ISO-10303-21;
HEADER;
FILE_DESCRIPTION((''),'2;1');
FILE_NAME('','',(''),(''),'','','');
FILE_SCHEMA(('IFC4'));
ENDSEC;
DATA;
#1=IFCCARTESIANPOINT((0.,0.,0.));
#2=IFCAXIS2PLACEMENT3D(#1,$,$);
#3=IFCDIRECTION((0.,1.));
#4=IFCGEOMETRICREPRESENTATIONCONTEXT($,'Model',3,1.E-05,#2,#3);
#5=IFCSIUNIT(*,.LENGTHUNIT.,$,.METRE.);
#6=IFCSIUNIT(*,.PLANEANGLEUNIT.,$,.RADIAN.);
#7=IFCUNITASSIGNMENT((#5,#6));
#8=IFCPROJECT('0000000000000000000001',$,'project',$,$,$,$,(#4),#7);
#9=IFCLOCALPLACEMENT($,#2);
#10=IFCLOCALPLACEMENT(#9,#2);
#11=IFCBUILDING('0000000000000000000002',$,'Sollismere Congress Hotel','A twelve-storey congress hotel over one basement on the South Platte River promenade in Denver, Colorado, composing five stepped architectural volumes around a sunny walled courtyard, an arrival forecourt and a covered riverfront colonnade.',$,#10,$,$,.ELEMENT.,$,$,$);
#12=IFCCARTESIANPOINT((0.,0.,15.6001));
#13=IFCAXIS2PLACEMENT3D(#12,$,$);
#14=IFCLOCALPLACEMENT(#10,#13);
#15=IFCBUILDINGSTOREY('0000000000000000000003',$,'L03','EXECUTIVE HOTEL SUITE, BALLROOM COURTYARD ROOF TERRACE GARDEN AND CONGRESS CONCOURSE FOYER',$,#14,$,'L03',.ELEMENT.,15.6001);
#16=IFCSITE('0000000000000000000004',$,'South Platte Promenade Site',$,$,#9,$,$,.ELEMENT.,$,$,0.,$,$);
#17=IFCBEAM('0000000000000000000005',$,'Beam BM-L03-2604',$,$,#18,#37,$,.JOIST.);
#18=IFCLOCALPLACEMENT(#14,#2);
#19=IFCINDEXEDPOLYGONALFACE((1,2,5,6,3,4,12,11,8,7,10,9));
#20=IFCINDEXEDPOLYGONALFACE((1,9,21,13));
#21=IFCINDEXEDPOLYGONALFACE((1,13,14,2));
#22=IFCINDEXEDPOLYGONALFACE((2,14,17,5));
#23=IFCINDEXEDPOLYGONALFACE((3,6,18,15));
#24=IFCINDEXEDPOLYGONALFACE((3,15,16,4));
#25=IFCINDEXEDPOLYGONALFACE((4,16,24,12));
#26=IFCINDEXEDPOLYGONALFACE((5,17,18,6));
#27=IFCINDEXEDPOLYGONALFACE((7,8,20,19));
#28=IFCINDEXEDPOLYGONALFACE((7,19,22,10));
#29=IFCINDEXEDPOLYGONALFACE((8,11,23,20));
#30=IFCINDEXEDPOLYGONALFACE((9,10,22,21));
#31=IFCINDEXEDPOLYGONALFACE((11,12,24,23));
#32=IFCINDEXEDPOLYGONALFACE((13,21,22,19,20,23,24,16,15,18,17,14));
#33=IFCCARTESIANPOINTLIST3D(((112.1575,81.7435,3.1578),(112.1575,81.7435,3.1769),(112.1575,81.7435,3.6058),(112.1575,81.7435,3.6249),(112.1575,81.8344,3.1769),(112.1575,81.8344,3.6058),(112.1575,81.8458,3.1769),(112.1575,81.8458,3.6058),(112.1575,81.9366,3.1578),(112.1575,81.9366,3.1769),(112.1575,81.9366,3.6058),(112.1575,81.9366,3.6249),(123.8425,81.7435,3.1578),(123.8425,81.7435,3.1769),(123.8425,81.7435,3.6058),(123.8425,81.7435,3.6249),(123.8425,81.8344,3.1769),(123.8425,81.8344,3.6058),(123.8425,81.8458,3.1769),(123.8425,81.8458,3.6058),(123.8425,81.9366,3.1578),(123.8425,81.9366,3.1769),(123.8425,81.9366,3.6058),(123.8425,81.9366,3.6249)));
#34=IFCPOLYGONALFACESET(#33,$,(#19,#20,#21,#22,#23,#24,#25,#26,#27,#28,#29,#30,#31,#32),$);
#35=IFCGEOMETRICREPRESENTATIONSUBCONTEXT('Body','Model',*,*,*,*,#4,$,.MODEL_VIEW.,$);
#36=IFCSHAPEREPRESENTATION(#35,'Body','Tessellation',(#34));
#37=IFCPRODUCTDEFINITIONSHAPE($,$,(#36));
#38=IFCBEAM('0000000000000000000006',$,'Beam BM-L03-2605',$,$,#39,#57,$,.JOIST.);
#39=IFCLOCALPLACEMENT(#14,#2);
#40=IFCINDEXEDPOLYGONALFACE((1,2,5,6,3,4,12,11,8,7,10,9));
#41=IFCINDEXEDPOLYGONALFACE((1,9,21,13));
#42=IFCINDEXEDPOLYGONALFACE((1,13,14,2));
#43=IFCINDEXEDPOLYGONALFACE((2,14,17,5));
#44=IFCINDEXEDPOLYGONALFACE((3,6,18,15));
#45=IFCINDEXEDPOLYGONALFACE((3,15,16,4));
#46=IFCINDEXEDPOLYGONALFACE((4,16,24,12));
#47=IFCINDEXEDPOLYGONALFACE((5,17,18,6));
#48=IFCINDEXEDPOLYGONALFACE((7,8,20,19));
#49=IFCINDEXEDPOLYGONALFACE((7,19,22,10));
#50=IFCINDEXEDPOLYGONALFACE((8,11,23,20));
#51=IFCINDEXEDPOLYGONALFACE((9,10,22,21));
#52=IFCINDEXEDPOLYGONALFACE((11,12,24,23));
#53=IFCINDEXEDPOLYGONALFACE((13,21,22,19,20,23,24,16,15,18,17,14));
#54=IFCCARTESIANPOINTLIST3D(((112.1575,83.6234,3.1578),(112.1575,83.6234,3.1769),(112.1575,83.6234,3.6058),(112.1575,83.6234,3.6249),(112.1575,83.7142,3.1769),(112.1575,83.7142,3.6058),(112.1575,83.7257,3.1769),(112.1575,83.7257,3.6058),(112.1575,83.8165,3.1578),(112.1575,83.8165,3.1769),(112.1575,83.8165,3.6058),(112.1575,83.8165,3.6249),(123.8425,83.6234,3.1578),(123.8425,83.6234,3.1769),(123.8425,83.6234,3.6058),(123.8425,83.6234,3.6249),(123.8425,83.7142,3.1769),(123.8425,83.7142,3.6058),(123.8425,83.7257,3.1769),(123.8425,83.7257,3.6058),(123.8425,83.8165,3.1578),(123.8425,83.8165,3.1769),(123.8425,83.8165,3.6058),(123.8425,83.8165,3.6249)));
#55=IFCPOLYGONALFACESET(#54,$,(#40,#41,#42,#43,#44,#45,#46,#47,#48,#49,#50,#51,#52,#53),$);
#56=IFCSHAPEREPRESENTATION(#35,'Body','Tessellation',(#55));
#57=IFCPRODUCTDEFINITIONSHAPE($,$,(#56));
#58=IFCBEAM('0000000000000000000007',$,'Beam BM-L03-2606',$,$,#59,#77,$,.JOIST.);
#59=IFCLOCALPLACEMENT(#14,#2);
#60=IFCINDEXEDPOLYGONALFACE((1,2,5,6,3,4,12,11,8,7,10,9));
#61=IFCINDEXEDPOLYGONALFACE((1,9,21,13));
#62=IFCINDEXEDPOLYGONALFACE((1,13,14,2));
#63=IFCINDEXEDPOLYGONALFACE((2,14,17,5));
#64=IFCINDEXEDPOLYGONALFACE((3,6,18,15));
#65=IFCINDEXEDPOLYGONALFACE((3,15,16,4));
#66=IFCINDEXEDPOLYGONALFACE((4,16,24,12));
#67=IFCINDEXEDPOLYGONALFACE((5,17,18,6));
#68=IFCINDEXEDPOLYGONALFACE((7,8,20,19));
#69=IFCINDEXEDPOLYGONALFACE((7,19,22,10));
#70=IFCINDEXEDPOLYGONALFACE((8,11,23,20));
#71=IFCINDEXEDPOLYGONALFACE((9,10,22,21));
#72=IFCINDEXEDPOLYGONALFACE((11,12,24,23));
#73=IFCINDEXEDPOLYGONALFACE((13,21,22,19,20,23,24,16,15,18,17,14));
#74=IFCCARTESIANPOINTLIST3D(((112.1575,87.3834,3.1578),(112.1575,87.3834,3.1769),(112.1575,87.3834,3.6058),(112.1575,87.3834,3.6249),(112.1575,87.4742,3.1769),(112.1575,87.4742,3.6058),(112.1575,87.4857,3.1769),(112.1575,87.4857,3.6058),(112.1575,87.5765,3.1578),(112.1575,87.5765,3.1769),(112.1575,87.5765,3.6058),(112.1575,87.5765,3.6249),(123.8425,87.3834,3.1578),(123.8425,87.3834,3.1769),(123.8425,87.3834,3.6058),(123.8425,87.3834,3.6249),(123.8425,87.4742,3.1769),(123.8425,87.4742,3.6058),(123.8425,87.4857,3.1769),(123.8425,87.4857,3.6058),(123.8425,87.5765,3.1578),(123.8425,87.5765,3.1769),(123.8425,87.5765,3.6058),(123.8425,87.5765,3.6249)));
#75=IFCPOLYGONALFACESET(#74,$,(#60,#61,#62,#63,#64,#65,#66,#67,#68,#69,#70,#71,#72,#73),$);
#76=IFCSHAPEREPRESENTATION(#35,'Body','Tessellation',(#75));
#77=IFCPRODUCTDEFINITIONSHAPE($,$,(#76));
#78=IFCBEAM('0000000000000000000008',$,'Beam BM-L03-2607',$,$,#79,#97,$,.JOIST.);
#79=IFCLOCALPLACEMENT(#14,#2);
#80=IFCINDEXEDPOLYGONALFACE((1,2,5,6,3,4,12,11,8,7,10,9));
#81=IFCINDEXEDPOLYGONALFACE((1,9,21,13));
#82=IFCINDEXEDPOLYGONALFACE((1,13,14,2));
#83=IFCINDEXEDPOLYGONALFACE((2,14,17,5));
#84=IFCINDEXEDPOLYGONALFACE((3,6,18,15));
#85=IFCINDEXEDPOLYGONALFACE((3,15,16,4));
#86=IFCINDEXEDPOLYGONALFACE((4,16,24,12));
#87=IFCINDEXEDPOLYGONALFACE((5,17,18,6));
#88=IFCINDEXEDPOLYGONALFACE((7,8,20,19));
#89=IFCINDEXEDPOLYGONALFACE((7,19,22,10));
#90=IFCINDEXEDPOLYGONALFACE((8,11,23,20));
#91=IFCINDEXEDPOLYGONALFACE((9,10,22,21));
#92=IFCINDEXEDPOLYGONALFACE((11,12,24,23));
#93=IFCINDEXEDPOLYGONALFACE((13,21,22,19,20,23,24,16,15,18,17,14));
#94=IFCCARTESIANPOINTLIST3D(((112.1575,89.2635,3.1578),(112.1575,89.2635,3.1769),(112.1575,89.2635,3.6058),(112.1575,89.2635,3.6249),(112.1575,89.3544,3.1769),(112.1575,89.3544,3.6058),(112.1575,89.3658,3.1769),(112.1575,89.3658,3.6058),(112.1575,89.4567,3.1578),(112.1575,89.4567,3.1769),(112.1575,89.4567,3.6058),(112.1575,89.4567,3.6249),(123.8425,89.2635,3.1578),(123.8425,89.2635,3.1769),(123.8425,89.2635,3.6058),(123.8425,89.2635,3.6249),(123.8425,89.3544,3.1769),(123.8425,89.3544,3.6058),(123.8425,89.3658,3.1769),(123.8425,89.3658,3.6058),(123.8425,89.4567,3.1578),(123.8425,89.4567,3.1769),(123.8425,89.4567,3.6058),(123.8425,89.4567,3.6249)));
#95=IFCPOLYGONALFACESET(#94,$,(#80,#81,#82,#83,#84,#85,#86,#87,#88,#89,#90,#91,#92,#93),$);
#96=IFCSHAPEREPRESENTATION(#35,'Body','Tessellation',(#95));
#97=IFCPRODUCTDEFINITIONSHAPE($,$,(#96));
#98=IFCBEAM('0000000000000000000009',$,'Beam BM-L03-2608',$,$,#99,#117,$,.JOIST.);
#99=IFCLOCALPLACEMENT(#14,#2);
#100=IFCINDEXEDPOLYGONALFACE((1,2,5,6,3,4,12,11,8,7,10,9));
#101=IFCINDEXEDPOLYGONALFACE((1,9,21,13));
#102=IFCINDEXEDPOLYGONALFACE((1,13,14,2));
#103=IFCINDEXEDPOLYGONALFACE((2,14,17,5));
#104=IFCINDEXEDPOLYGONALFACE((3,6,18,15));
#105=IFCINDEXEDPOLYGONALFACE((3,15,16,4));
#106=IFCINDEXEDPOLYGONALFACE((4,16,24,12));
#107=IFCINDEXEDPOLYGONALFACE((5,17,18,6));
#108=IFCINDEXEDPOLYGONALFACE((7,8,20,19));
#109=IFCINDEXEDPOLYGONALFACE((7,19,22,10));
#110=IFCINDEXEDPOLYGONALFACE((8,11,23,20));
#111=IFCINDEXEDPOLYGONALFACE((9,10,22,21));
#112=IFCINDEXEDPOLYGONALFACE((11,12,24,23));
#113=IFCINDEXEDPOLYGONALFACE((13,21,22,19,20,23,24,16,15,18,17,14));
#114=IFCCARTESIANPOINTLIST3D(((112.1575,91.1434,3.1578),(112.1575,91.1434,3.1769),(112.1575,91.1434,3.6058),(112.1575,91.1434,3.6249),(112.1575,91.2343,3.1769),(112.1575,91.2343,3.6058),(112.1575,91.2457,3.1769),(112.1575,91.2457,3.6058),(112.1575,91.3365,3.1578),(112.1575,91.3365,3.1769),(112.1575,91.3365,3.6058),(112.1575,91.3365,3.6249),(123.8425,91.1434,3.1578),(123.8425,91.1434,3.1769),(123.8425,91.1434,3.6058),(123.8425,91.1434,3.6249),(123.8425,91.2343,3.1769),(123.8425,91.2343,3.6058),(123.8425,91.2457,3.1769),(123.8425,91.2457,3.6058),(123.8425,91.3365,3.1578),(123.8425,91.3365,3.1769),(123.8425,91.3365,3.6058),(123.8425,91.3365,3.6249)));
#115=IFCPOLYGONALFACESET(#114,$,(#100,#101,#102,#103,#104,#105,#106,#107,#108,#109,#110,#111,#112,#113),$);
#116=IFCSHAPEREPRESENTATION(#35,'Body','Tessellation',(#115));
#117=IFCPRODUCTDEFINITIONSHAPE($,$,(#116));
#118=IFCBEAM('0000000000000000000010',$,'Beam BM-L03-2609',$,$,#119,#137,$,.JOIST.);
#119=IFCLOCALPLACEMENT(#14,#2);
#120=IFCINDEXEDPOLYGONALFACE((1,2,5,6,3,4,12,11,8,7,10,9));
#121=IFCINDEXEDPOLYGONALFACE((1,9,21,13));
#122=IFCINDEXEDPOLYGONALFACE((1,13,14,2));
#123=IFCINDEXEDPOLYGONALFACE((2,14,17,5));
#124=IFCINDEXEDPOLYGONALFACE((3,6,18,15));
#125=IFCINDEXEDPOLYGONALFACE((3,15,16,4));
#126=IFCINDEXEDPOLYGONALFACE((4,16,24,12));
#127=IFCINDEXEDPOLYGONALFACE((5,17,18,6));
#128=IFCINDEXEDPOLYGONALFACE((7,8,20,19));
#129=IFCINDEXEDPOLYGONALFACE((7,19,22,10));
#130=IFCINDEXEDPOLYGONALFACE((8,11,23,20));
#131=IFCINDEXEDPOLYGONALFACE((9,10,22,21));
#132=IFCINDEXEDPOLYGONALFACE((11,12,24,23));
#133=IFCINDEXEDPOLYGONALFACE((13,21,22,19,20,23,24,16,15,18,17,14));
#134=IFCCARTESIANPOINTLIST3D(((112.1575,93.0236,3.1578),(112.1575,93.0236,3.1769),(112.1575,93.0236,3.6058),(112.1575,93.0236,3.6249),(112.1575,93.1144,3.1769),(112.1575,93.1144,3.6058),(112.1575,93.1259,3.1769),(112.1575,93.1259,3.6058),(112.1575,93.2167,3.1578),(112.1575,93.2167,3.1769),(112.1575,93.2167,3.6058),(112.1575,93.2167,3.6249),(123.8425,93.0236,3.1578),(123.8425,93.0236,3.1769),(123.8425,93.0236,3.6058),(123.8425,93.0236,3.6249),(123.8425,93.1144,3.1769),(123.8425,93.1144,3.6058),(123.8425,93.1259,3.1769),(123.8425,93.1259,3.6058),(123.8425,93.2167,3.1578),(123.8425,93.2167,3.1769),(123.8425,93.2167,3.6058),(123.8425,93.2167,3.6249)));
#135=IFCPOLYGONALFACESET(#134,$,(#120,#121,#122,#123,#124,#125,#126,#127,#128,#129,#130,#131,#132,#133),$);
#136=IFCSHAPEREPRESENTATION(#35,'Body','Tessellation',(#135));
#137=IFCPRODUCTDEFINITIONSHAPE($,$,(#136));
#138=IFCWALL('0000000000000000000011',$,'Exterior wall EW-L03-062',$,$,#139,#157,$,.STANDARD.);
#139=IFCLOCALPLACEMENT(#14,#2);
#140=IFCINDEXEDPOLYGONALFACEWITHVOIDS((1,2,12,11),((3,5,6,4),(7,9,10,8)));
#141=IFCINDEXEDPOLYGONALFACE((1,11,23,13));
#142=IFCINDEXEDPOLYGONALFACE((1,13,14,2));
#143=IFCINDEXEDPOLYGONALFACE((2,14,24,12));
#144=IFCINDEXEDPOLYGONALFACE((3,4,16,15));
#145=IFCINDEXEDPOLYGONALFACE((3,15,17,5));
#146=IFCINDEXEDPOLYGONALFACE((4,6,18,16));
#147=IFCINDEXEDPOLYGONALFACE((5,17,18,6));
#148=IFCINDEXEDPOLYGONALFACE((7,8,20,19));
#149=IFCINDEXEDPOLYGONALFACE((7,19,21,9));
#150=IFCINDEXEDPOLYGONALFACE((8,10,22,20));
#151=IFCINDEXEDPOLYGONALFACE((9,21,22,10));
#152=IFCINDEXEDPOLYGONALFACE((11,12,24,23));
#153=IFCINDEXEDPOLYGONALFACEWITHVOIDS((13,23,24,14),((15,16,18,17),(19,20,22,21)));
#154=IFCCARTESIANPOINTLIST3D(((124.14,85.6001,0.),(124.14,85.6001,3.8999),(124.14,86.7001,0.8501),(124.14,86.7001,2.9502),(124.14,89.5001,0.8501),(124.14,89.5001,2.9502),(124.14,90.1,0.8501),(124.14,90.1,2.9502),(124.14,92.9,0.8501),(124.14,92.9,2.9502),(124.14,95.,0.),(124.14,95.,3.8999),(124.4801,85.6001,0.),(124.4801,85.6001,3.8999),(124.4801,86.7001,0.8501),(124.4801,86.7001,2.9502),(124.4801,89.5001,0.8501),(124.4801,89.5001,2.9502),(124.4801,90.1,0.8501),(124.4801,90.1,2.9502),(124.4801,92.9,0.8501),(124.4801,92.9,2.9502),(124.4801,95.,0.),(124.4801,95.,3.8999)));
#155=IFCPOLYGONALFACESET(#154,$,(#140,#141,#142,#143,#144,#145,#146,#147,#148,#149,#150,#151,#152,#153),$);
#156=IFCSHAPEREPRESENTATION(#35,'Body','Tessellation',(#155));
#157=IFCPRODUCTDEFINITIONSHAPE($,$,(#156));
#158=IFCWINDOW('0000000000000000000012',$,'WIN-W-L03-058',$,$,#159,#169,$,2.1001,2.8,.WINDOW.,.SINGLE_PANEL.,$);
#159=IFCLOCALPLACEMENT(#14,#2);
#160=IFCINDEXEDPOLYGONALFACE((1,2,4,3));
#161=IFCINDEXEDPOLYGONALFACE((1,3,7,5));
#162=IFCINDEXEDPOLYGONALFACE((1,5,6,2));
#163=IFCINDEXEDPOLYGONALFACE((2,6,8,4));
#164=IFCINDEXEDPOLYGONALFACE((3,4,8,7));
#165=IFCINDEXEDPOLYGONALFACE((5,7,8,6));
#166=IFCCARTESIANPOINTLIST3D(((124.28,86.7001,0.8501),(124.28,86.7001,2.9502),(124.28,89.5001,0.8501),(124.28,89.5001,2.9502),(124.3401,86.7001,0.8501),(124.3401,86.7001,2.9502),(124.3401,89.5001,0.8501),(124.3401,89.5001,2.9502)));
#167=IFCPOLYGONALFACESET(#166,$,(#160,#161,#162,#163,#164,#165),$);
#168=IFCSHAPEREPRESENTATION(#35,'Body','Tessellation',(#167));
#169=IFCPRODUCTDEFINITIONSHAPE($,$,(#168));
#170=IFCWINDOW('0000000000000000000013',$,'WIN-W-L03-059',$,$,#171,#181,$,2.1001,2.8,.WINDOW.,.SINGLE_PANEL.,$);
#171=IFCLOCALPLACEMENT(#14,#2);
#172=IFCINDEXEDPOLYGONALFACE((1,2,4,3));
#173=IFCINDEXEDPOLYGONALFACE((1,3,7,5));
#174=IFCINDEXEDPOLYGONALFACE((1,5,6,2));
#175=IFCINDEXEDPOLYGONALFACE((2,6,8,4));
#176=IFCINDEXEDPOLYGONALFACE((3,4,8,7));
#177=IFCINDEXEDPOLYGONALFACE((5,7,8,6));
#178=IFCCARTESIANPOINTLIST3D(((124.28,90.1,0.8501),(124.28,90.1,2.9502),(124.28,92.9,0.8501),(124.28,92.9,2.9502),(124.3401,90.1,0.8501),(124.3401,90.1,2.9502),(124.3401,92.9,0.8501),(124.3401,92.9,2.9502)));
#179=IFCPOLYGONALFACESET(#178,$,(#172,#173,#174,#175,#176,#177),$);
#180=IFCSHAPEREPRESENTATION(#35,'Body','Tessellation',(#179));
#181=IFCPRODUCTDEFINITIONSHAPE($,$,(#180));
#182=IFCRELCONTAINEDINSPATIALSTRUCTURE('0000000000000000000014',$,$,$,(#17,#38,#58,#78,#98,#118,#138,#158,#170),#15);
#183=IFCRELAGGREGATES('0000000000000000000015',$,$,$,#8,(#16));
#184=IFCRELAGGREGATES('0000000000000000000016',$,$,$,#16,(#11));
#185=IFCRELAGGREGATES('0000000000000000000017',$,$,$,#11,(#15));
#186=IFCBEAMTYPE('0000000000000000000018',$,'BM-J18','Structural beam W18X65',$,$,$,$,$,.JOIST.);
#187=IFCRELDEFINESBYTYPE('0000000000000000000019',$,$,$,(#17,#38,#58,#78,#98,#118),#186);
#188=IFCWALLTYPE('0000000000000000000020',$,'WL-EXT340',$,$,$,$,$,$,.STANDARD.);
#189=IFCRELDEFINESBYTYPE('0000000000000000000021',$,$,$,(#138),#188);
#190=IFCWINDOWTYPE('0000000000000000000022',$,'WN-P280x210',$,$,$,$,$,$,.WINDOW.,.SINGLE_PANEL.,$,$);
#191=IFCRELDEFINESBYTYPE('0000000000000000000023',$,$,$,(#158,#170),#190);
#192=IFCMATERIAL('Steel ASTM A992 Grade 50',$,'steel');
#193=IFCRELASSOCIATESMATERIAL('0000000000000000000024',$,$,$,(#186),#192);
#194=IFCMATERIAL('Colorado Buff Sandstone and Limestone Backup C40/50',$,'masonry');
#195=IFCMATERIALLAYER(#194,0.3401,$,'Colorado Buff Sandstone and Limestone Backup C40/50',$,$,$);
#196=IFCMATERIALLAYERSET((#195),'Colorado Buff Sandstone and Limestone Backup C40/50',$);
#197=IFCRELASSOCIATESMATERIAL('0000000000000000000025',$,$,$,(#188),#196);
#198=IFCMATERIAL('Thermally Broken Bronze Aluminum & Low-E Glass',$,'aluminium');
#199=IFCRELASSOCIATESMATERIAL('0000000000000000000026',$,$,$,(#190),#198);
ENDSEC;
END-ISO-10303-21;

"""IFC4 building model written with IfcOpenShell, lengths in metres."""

from ifc_helpers import new_model, si_unit, direction, frame, frame_2d, origin, origin_2d, place, context, subcontext, project, spatial, rectangle, i_section, extrude, material, layer, layer_set, material_profile, profile_set, type_object, element, fill, save


model = new_model("IFC4")

# Units and contexts
model_context = context("Model", 3, precision=1e-05, world=origin(), true_north=direction((0.0, 1.0)))
body_context = subcontext(model_context, "Body", "Model", "MODEL_VIEW")
ifc_project = project(units=[si_unit("LENGTHUNIT", "METRE"), si_unit("PLANEANGLEUNIT", "RADIAN")], contexts=[model_context])

# Site, building, storey
site_placement = place(None, origin())
site = spatial("IfcSite", under=ifc_project, at=site_placement, Name="South Platte Promenade Site", CompositionType="ELEMENT", RefElevation=0.0)
building_placement = place(site_placement, origin())
building = spatial("IfcBuilding", under=site, at=building_placement, Name="Sollismere Congress Hotel", Description="A twelve-storey congress hotel over one basement on the South Platte River promenade in Denver, Colorado, composing five stepped architectural volumes around a sunny walled courtyard, an arrival forecourt and a covered riverfront colonnade.", CompositionType="ELEMENT")
storey_placement = place(building_placement, frame((0.0, 0.0, 15.6001)))
storey = spatial("IfcBuildingStorey", under=building, at=storey_placement, Name="L03", Description="EXECUTIVE HOTEL SUITE, BALLROOM COURTYARD ROOF TERRACE GARDEN AND CONGRESS CONCOURSE FOYER", LongName="L03", CompositionType="ELEMENT", Elevation=15.6001)

# Shared definitions
ifc_material_1 = material(Name="Steel ASTM A992 Grade 50", Category="steel")

# Beams
ifc_material_profile_1 = material_profile(ifc_material_1, i_section(OverallWidth=0.1931, OverallDepth=0.467, WebThickness=0.0115, FlangeThickness=0.019, at=origin_2d()), Name="W18X65")
ifc_profile_set_1 = profile_set([ifc_material_profile_1], Name="Steel ASTM A992 Grade 50")
beam_type_1 = type_object("IfcBeamType", Name="BM-J18", Description="Structural beam W18X65", PredefinedType="JOIST", material=ifc_profile_set_1)
for number, where, z_axis, x_axis, name in (
    (1, (112.1575, 81.8401, 3.3914), (1.0, 0.0, 0.0), (0.0, 1.0, 0.0), "Beam BM-L03-2604"),
    (2, (112.1575, 83.72, 3.3914), (1.0, 0.0, 0.0), (0.0, 1.0, 0.0), "Beam BM-L03-2605"),
    (3, (112.1575, 87.48, 3.3914), (1.0, 0.0, 0.0), (0.0, 1.0, 0.0), "Beam BM-L03-2606"),
    (4, (112.1575, 89.3601, 3.3914), (1.0, 0.0, 0.0), (0.0, 1.0, 0.0), "Beam BM-L03-2607"),
    (5, (112.1575, 91.24, 3.3914), (1.0, 0.0, 0.0), (0.0, 1.0, 0.0), "Beam BM-L03-2608"),
    (6, (112.1575, 93.1201, 3.3914), (1.0, 0.0, 0.0), (0.0, 1.0, 0.0), "Beam BM-L03-2609"),
):
    element("IfcBeam", number, at=place(storey_placement, frame(where, z_axis=z_axis, x_axis=x_axis)), inside=storey, type_object=beam_type_1, Name=name, PredefinedType="JOIST", context=body_context, shape_type="SweptSolid", body=[
        extrude(i_section(OverallWidth=0.1931, OverallDepth=0.467, WebThickness=0.0115, FlangeThickness=0.019, at=origin_2d()), origin(), (0.0, 0.0, 1.0), 11.6851),
    ])

# Wall, openings, windows
ifc_material_2 = material(Name="Colorado Buff Sandstone and Limestone Backup C40/50", Category="masonry")
ifc_layer_1 = layer(ifc_material_2, 0.3401, Name="Colorado Buff Sandstone and Limestone Backup C40/50")
ifc_layer_set_1 = layer_set([ifc_layer_1], Name="Colorado Buff Sandstone and Limestone Backup C40/50")
wall_type_1 = type_object("IfcWallType", Name="WL-EXT340", PredefinedType="STANDARD", material=ifc_layer_set_1)
wall_1_placement = place(storey_placement, frame((124.3101, 85.6001, 0.0), z_axis=(0.0, 0.0, 1.0), x_axis=(0.0, 1.0, 0.0)))
wall_1 = element("IfcWall", 7, at=wall_1_placement, inside=storey, type_object=wall_type_1, Name="Exterior wall EW-L03-062", PredefinedType="STANDARD", context=body_context, shape_type="SweptSolid", body=[
    extrude(rectangle(XDim=9.3999, YDim=0.3401, at=frame_2d((4.7, 0.0))), origin(), (0.0, 0.0, 1.0), 3.8999),
])
opening_1_placement = place(wall_1_placement, frame((1.1001, 0.0, 0.8501)))
opening_1 = element("IfcOpeningElement", 8, at=opening_1_placement, cuts=wall_1, PredefinedType="OPENING", context=body_context, shape_type="SweptSolid", body=[
    extrude(rectangle(XDim=2.8, YDim=2.1001, at=frame_2d((1.3999, 1.05))), frame((0.0, 0.1799, 0.0), z_axis=(0.0, -1.0, 0.0), x_axis=(1.0, 0.0, 0.0)), (0.0, 0.0, 1.0), 0.3601),
])
opening_2_placement = place(wall_1_placement, frame((4.5, 0.0, 0.8501)))
opening_2 = element("IfcOpeningElement", 9, at=opening_2_placement, cuts=wall_1, PredefinedType="OPENING", context=body_context, shape_type="SweptSolid", body=[
    extrude(rectangle(XDim=2.8, YDim=2.1001, at=frame_2d((1.3999, 1.05))), frame((0.0, 0.1799, 0.0), z_axis=(0.0, -1.0, 0.0), x_axis=(1.0, 0.0, 0.0)), (0.0, 0.0, 1.0), 0.3601),
])
ifc_material_3 = material(Name="Thermally Broken Bronze Aluminum & Low-E Glass", Category="aluminium")
window_type = type_object("IfcWindowType", Name="WN-P280x210", PartitioningType="SINGLE_PANEL", PredefinedType="WINDOW", material=ifc_material_3)
window_1_placement = place(opening_1_placement, origin())
window_1 = element("IfcWindow", 10, at=window_1_placement, inside=storey, type_object=window_type, Name="WIN-W-L03-058", OverallHeight=2.1001, OverallWidth=2.8, PartitioningType="SINGLE_PANEL", PredefinedType="WINDOW", context=body_context, shape_type="SweptSolid", body=[
    extrude(rectangle(XDim=2.8, YDim=2.1001, at=frame_2d((1.3999, 1.05))), frame((0.0, 0.03, 0.0), z_axis=(0.0, -1.0, 0.0), x_axis=(1.0, 0.0, 0.0)), (0.0, 0.0, 1.0), 0.0601),
])
fill(opening_1, window_1)
window_2_placement = place(opening_2_placement, origin())
window_2 = element("IfcWindow", 11, at=window_2_placement, inside=storey, type_object=window_type, Name="WIN-W-L03-059", OverallHeight=2.1001, OverallWidth=2.8, PartitioningType="SINGLE_PANEL", PredefinedType="WINDOW", context=body_context, shape_type="SweptSolid", body=[
    extrude(rectangle(XDim=2.8, YDim=2.1001, at=frame_2d((1.3999, 1.05))), frame((0.0, 0.03, 0.0), z_axis=(0.0, -1.0, 0.0), x_axis=(1.0, 0.0, 0.0)), (0.0, 0.0, 1.0), 0.0601),
])
fill(opening_2, window_2)

save(model, "model.ifc")
